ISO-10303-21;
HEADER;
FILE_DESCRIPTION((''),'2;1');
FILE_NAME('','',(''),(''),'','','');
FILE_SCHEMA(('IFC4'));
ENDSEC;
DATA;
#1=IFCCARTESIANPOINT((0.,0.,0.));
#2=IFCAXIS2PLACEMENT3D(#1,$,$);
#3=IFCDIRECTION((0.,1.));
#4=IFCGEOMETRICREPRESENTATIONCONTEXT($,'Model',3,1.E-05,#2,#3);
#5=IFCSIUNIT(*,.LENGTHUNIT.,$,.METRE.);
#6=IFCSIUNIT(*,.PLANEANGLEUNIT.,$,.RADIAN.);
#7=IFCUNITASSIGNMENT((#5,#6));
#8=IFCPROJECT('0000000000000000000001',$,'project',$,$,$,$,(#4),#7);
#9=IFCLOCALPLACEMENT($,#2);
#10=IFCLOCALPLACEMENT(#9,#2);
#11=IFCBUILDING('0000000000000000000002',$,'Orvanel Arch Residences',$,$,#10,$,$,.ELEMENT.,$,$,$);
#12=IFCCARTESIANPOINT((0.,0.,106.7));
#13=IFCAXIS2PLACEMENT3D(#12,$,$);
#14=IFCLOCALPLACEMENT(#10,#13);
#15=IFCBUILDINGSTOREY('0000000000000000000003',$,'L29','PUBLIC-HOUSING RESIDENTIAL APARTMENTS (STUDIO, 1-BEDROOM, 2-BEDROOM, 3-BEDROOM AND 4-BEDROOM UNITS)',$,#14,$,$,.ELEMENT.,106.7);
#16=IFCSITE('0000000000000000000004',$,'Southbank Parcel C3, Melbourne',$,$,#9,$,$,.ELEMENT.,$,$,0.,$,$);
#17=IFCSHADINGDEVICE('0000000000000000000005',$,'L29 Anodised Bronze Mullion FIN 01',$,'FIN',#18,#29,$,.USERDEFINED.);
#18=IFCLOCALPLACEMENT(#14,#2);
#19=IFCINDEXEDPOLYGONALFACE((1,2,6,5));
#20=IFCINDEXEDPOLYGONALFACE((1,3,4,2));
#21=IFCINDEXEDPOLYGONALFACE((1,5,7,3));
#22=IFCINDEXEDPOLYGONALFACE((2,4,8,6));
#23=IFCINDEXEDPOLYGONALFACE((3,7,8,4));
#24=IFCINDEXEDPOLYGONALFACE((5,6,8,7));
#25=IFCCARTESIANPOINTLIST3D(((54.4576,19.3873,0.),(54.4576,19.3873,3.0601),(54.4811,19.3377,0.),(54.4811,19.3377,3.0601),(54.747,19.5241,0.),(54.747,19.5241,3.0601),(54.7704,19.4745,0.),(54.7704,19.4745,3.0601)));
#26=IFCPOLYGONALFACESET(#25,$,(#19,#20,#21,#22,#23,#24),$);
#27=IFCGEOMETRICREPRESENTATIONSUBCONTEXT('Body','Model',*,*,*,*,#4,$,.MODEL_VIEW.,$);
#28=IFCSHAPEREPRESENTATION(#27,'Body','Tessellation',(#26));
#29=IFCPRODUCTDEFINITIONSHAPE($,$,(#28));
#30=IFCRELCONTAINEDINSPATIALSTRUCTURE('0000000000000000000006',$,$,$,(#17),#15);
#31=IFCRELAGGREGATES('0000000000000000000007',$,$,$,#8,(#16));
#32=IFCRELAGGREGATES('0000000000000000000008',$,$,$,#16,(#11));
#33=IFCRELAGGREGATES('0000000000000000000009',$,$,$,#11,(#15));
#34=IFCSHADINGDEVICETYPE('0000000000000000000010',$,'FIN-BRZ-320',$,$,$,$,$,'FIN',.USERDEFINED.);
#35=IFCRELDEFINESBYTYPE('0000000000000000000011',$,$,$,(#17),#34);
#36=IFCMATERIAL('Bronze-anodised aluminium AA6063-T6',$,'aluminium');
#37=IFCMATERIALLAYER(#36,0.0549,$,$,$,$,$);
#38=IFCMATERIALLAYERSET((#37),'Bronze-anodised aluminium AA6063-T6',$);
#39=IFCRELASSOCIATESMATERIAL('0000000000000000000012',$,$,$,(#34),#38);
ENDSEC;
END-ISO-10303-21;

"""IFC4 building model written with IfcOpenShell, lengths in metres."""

from ifc_helpers import new_model, si_unit, direction, frame, origin, origin_2d, place, context, subcontext, project, spatial, rectangle, extrude, material, layer, layer_set, type_object, element, save


model = new_model("IFC4")

# Units and contexts
model_context = context("Model", 3, precision=1e-05, world=origin(), true_north=direction((0.0, 1.0)))
body_context = subcontext(model_context, "Body", "Model", "MODEL_VIEW")
ifc_project = project(units=[si_unit("LENGTHUNIT", "METRE"), si_unit("PLANEANGLEUNIT", "RADIAN")], contexts=[model_context])

# Site, building, storey
site_placement = place(None, origin())
site = spatial("IfcSite", under=ifc_project, at=site_placement, Name="Southbank Parcel C3, Melbourne", CompositionType="ELEMENT", RefElevation=0.0)
building_placement = place(site_placement, origin())
building = spatial("IfcBuilding", under=site, at=building_placement, Name="Orvanel Arch Residences", CompositionType="ELEMENT")
storey_placement = place(building_placement, frame((0.0, 0.0, 106.7)))
storey = spatial("IfcBuildingStorey", under=building, at=storey_placement, Name="L29", Description="PUBLIC-HOUSING RESIDENTIAL APARTMENTS (STUDIO, 1-BEDROOM, 2-BEDROOM, 3-BEDROOM AND 4-BEDROOM UNITS)", CompositionType="ELEMENT", Elevation=106.7)

# Shared definitions
ifc_material_1 = material(Name="Bronze-anodised aluminium AA6063-T6", Category="aluminium")

# Shading device
ifc_layer_1 = layer(ifc_material_1, 0.0549)
ifc_layer_set_1 = layer_set([ifc_layer_1], Name="Bronze-anodised aluminium AA6063-T6")
shading_device_type = type_object("IfcShadingDeviceType", Name="FIN-BRZ-320", ElementType="FIN", PredefinedType="USERDEFINED", material=ifc_layer_set_1)
shading_device_placement = place(storey_placement, frame((54.614, 19.4309, 0.0), z_axis=(0.0, 0.0, 1.0), x_axis=(0.904083, 0.427358, 0.0)))
element("IfcShadingDevice", 1, at=shading_device_placement, inside=storey, type_object=shading_device_type, Name="L29 Anodised Bronze Mullion FIN 01", ObjectType="FIN", PredefinedType="USERDEFINED", context=body_context, shape_type="SweptSolid", body=[
    extrude(rectangle(XDim=0.3201, YDim=0.0549, at=origin_2d()), origin(), (0.0, 0.0, 1.0), 3.0601),
])

save(model, "model.ifc")
